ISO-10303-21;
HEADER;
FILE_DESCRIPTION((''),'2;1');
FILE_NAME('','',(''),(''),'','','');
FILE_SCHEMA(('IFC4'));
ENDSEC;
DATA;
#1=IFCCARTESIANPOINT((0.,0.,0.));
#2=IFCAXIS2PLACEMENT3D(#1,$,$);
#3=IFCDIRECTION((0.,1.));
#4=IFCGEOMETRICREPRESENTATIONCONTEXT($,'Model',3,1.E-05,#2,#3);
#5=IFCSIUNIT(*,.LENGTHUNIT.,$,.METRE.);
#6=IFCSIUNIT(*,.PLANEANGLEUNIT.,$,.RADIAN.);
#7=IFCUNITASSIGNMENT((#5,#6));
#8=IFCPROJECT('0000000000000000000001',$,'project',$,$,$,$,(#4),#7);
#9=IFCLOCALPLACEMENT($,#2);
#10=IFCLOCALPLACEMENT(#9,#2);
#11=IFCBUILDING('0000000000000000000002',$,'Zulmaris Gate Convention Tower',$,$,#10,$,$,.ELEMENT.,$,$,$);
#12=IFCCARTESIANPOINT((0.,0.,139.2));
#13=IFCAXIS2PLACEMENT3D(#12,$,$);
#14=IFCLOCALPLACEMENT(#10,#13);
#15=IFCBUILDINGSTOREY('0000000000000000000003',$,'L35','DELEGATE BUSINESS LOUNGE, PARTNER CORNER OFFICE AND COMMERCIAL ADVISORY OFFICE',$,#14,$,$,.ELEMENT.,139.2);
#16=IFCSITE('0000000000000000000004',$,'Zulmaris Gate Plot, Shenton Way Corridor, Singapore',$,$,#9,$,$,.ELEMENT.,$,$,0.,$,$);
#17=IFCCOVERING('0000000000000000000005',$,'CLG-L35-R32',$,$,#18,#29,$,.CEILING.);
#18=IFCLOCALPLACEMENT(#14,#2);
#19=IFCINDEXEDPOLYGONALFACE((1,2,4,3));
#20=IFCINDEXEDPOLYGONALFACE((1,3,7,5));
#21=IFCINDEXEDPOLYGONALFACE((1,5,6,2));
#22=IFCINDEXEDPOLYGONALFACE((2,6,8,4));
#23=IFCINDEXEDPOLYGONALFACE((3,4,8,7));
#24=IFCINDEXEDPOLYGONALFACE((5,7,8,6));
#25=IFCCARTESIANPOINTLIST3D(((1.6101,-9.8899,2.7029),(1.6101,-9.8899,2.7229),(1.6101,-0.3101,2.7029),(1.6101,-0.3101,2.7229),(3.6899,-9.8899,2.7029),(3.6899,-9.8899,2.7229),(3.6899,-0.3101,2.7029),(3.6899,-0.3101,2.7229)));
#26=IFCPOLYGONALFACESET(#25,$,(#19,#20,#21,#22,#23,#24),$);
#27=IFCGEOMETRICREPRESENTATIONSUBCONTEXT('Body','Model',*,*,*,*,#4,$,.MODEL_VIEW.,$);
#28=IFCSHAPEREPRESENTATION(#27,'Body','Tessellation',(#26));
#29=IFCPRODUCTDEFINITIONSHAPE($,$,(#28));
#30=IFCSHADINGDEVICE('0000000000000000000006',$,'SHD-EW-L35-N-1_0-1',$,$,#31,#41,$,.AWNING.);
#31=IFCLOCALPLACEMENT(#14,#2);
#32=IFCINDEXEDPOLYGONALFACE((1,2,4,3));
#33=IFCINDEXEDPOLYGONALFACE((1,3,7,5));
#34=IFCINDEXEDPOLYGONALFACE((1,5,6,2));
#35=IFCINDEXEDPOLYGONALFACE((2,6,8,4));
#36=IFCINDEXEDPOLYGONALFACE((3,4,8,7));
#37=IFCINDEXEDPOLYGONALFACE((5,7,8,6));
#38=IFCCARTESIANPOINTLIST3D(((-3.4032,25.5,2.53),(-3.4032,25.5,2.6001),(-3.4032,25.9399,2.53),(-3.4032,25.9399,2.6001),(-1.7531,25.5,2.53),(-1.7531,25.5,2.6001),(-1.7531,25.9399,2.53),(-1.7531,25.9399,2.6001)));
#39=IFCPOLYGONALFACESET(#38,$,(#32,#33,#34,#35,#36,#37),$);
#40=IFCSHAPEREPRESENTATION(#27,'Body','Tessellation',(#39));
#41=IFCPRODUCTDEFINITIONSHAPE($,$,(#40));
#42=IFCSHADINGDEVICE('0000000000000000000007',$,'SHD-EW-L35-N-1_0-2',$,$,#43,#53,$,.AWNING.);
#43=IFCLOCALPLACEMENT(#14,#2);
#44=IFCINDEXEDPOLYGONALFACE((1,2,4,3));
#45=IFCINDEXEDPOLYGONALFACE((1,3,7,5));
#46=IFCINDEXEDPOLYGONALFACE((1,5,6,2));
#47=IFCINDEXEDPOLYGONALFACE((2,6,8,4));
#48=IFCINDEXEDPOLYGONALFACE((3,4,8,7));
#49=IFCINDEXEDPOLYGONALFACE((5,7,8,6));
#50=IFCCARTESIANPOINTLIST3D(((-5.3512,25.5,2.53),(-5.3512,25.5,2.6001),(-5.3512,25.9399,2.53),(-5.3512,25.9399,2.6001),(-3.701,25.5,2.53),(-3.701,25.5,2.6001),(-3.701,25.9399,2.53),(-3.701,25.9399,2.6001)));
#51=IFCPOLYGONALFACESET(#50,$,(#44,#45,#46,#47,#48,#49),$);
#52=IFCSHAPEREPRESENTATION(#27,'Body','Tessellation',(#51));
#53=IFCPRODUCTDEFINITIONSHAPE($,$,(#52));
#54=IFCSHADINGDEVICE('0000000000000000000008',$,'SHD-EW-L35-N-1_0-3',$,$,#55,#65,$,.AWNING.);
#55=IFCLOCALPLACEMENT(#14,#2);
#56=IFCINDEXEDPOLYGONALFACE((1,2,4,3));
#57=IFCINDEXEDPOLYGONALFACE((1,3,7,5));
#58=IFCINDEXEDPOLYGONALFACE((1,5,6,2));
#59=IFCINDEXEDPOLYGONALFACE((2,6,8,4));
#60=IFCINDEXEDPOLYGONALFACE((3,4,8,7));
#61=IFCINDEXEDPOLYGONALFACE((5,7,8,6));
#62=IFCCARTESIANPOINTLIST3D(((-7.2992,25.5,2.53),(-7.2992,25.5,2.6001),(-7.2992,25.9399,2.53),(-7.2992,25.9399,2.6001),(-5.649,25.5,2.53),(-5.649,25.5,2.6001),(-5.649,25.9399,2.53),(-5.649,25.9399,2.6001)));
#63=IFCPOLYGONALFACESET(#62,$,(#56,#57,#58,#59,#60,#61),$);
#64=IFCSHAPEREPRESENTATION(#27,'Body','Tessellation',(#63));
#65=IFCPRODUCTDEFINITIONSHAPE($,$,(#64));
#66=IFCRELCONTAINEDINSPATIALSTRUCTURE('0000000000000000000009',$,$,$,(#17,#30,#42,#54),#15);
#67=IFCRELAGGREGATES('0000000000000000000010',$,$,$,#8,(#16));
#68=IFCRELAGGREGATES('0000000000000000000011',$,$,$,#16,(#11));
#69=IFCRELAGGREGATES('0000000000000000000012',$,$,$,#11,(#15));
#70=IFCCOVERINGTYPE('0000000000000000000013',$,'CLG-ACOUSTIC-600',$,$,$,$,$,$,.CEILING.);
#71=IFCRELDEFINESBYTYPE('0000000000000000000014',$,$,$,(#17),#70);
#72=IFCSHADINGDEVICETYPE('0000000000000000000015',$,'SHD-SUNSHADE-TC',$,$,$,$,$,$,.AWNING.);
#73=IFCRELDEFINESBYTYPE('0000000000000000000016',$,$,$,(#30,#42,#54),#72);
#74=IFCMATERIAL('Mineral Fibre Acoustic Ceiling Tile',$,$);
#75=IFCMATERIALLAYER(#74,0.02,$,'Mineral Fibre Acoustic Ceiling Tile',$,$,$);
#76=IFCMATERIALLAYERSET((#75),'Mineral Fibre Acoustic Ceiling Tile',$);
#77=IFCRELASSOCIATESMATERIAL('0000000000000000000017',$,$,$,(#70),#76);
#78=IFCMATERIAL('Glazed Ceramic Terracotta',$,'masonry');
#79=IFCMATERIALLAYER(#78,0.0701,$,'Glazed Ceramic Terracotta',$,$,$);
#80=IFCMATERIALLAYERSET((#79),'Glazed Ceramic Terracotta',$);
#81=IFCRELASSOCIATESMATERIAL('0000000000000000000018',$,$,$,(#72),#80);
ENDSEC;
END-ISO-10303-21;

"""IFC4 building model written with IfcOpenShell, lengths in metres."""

from ifc_helpers import new_model, si_unit, direction, frame, frame_2d, origin, place, context, subcontext, project, spatial, polyline, rectangle, outline, extrude, material, layer, layer_set, type_object, element, save


model = new_model("IFC4")

# Units and contexts
model_context = context("Model", 3, precision=1e-05, world=origin(), true_north=direction((0.0, 1.0)))
body_context = subcontext(model_context, "Body", "Model", "MODEL_VIEW")
ifc_project = project(units=[si_unit("LENGTHUNIT", "METRE"), si_unit("PLANEANGLEUNIT", "RADIAN")], contexts=[model_context])

# Site, building, storey
site_placement = place(None, origin())
site = spatial("IfcSite", under=ifc_project, at=site_placement, Name="Zulmaris Gate Plot, Shenton Way Corridor, Singapore", CompositionType="ELEMENT", RefElevation=0.0)
building_placement = place(site_placement, origin())
building = spatial("IfcBuilding", under=site, at=building_placement, Name="Zulmaris Gate Convention Tower", CompositionType="ELEMENT")
storey_placement = place(building_placement, frame((0.0, 0.0, 139.2)))
storey = spatial("IfcBuildingStorey", under=building, at=storey_placement, Name="L35", Description="DELEGATE BUSINESS LOUNGE, PARTNER CORNER OFFICE AND COMMERCIAL ADVISORY OFFICE", CompositionType="ELEMENT", Elevation=139.2)

# Covering
ifc_material_1 = material(Name="Mineral Fibre Acoustic Ceiling Tile")
ifc_layer_1 = layer(ifc_material_1, 0.02, Name="Mineral Fibre Acoustic Ceiling Tile")
ifc_layer_set_1 = layer_set([ifc_layer_1], Name="Mineral Fibre Acoustic Ceiling Tile")
covering_type_1 = type_object("IfcCoveringType", Name="CLG-ACOUSTIC-600", PredefinedType="CEILING", material=ifc_layer_set_1)
covering_1_placement = place(storey_placement, frame((0.0, 0.0, 2.7029)))
element("IfcCovering", 1, at=covering_1_placement, inside=storey, type_object=covering_type_1, Name="CLG-L35-R32", PredefinedType="CEILING", context=body_context, shape_type="SweptSolid", body=[
    extrude(outline(polyline([(1.6101, -9.8899), (3.6899, -9.8899), (3.6899, -0.3101), (1.6101, -0.3101), (1.6101, -9.8899)])), origin(), (0.0, 0.0, 1.0), 0.02),
])

# Shading devices
ifc_material_2 = material(Name="Glazed Ceramic Terracotta", Category="masonry")
ifc_layer_2 = layer(ifc_material_2, 0.0701, Name="Glazed Ceramic Terracotta")
ifc_layer_set_2 = layer_set([ifc_layer_2], Name="Glazed Ceramic Terracotta")
shading_device_type = type_object("IfcShadingDeviceType", Name="SHD-SUNSHADE-TC", PredefinedType="AWNING", material=ifc_layer_set_2)
for number, where, z_axis, x_axis, name in (
    (2, (-1.7529, 25.72, 2.53), (0.0, 0.0, 1.0), (-1.0, 0.0, 0.0), "SHD-EW-L35-N-1_0-1"),
    (3, (-3.7009, 25.72, 2.53), (0.0, 0.0, 1.0), (-1.0, 0.0, 0.0), "SHD-EW-L35-N-1_0-2"),
    (4, (-5.6489, 25.72, 2.53), (0.0, 0.0, 1.0), (-1.0, 0.0, 0.0), "SHD-EW-L35-N-1_0-3"),
):
    element("IfcShadingDevice", number, at=place(storey_placement, frame(where, z_axis=z_axis, x_axis=x_axis)), inside=storey, type_object=shading_device_type, Name=name, PredefinedType="AWNING", context=body_context, shape_type="SweptSolid", body=[
        extrude(rectangle(XDim=1.6501, YDim=0.4399, at=frame_2d((0.8252, 0.0))), origin(), (0.0, 0.0, 1.0), 0.0701),
    ])

save(model, "model.ifc")
